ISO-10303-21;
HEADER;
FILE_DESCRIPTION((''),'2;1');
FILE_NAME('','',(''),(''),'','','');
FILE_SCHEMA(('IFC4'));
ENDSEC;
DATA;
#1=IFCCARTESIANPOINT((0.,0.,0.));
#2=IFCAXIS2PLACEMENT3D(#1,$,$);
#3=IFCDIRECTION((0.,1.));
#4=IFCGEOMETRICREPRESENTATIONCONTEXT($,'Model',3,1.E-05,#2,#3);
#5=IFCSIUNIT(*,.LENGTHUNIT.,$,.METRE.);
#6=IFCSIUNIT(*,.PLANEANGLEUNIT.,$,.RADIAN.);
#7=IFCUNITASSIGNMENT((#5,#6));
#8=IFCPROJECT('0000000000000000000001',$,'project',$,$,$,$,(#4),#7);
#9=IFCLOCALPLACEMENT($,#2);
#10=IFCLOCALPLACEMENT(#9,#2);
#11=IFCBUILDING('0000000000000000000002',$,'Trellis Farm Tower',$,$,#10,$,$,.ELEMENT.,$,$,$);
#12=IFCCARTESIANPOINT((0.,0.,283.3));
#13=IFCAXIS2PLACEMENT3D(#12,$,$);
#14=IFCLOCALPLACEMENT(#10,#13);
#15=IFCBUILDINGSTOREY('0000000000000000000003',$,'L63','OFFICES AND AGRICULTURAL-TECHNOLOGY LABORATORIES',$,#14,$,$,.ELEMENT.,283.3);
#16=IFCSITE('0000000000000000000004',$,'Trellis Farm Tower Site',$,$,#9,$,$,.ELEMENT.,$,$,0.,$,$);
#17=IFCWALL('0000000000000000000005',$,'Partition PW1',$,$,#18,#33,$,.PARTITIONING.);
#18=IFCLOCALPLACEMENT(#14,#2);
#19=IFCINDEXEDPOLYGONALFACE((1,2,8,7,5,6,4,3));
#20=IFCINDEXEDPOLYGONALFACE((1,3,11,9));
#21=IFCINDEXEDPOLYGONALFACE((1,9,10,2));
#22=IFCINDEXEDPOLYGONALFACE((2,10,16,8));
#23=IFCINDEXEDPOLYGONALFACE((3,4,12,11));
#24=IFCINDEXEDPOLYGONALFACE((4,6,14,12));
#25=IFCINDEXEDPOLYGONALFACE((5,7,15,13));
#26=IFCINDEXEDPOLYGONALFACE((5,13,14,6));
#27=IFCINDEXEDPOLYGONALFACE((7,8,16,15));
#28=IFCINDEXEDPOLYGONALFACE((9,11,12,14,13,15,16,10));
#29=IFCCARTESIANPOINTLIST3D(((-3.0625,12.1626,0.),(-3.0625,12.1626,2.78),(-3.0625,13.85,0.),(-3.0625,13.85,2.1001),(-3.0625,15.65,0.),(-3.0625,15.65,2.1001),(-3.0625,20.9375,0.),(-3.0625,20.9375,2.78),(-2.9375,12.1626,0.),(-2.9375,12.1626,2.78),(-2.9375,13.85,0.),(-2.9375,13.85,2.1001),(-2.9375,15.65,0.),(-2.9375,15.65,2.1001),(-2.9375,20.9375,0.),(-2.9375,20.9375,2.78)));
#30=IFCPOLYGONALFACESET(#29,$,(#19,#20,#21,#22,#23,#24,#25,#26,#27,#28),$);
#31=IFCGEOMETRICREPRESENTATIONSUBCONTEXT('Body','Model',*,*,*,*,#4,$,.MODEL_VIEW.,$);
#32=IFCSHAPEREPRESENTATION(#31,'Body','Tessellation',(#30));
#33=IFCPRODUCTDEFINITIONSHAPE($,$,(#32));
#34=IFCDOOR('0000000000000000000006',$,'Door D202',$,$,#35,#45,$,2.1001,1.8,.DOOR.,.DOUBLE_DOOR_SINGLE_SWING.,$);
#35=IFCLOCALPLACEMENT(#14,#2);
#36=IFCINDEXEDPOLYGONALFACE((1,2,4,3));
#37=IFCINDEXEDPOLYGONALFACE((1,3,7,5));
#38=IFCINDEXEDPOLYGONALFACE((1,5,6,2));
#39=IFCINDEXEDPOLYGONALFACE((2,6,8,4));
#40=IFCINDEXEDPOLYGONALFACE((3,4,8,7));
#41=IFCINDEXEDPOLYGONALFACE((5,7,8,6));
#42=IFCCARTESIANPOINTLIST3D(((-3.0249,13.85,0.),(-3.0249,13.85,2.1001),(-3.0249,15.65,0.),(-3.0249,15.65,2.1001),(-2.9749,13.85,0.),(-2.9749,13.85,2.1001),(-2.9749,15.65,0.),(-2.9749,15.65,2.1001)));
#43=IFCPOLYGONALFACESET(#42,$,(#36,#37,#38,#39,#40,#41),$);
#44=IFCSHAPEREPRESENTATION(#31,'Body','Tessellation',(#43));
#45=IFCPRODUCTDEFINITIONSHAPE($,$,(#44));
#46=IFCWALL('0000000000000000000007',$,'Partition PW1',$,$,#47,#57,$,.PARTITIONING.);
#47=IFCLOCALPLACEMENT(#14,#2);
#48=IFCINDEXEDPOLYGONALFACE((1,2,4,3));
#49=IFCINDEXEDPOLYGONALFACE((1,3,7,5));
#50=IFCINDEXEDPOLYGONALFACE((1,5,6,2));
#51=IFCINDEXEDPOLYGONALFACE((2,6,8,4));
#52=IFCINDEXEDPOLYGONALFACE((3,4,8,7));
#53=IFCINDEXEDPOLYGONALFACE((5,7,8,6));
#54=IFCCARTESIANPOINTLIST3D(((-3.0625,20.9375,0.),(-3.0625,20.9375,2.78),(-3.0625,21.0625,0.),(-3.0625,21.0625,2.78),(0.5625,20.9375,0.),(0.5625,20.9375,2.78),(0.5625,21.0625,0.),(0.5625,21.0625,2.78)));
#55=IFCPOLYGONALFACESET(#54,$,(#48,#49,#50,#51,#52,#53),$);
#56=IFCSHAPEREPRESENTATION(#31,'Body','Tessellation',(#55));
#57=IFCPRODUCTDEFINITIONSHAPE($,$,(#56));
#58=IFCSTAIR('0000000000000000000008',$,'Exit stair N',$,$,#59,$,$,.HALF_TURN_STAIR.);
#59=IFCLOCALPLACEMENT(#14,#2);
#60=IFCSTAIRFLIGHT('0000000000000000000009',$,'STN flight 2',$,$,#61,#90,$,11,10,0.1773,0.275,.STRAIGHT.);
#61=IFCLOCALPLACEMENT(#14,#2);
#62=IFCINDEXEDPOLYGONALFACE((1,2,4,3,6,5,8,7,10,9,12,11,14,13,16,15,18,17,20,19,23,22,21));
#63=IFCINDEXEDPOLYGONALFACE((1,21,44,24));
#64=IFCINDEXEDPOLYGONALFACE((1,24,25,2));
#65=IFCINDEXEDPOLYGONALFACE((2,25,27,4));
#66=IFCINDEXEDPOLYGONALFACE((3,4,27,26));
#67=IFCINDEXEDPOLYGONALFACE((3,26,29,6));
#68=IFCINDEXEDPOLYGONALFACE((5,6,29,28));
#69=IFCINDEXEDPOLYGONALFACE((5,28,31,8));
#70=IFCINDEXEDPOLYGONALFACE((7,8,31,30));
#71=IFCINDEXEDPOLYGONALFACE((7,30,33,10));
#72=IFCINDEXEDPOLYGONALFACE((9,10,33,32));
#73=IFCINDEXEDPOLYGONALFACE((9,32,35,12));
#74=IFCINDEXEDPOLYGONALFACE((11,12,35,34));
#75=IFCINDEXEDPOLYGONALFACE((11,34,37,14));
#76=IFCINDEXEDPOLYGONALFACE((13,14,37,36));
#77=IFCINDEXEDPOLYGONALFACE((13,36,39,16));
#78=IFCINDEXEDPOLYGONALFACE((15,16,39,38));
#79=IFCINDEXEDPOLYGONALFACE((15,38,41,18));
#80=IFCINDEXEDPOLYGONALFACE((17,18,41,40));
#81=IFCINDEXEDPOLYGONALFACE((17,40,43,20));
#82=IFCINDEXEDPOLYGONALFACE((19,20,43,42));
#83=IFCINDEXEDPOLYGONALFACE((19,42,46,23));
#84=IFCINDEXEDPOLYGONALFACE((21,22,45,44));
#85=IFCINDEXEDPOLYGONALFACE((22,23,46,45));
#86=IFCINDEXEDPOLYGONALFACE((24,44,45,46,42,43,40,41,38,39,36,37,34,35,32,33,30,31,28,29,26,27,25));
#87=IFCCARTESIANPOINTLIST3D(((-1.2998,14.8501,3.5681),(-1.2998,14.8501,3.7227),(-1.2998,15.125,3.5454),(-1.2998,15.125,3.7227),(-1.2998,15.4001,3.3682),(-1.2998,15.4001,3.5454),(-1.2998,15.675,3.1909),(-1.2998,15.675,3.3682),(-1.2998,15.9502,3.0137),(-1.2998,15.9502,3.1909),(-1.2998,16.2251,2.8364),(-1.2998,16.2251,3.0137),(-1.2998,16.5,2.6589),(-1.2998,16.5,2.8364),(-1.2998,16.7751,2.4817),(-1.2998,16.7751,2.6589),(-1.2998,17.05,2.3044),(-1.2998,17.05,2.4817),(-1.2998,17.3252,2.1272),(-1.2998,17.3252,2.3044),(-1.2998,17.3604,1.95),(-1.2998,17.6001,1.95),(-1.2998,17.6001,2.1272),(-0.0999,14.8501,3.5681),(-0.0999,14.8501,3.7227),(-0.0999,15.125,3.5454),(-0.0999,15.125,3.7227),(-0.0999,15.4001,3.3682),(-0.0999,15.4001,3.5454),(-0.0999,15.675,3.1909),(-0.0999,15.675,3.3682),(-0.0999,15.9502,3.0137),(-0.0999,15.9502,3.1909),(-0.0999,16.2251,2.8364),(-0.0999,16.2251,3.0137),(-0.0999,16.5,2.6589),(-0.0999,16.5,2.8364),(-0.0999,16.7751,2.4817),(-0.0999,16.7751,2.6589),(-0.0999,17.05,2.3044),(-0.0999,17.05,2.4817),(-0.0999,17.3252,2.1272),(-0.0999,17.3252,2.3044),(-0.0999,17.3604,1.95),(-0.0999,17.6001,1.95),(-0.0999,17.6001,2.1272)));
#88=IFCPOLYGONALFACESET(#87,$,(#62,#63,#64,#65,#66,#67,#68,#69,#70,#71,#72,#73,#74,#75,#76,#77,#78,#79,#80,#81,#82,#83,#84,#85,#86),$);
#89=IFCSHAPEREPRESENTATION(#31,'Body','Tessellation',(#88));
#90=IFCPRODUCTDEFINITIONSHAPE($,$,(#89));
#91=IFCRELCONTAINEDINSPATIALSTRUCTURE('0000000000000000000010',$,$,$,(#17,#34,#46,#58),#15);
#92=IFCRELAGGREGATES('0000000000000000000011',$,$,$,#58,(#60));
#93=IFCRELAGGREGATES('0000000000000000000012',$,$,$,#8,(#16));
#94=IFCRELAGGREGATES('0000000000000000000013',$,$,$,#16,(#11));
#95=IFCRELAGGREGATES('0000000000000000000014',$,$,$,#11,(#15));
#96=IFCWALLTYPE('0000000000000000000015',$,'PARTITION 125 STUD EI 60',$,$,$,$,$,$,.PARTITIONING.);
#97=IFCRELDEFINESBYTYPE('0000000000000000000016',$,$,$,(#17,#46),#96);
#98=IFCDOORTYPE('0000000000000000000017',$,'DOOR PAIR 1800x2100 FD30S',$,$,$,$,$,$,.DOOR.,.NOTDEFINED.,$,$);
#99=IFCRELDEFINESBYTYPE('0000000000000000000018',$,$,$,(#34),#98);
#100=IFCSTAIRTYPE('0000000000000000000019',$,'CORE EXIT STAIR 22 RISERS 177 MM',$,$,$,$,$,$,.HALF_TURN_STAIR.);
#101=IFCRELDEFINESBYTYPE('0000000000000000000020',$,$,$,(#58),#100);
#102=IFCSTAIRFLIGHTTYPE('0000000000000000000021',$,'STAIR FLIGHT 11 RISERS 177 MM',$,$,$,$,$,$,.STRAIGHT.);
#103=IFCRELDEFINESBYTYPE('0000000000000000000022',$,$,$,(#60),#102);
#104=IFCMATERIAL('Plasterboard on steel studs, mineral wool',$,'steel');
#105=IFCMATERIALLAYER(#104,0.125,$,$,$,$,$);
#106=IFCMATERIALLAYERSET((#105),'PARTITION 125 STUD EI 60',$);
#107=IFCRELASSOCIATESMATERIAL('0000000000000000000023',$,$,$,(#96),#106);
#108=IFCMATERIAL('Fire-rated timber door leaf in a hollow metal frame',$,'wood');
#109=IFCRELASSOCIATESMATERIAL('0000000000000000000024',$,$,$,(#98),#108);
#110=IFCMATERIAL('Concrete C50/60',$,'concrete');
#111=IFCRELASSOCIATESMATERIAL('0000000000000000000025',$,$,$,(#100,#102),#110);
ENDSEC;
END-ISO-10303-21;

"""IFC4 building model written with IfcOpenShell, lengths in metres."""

from ifc_helpers import new_model, si_unit, direction, frame, frame_2d, origin, place, context, subcontext, project, spatial, polyline, rectangle, outline, extrude, source, transform, mapped, material, layer, layer_set, type_object, element, fill, aggregate, save


model = new_model("IFC4")

# Units and contexts
model_context = context("Model", 3, precision=1e-05, world=origin(), true_north=direction((0.0, 1.0)))
body_context = subcontext(model_context, "Body", "Model", "MODEL_VIEW")
ifc_project = project(units=[si_unit("LENGTHUNIT", "METRE"), si_unit("PLANEANGLEUNIT", "RADIAN")], contexts=[model_context])

# Site, building, storey
site_placement = place(None, origin())
site = spatial("IfcSite", under=ifc_project, at=site_placement, Name="Trellis Farm Tower Site", CompositionType="ELEMENT", RefElevation=0.0)
building_placement = place(site_placement, origin())
building = spatial("IfcBuilding", under=site, at=building_placement, Name="Trellis Farm Tower", CompositionType="ELEMENT")
storey_placement = place(building_placement, frame((0.0, 0.0, 283.3)))
storey = spatial("IfcBuildingStorey", under=building, at=storey_placement, Name="L63", Description="OFFICES AND AGRICULTURAL-TECHNOLOGY LABORATORIES", CompositionType="ELEMENT", Elevation=283.3)

# Shared definitions
placement_1 = place(storey_placement, origin())

# Shared definitions
ifc_material_1 = material(Name="Concrete C50/60", Category="concrete")

# Shared definitions
ifc_material_2 = material(Name="Plasterboard on steel studs, mineral wool", Category="steel")
ifc_layer_1 = layer(ifc_material_2, 0.125)
ifc_layer_set_1 = layer_set([ifc_layer_1], Name="PARTITION 125 STUD EI 60")
wall_type_1 = type_object("IfcWallType", Name="PARTITION 125 STUD EI 60", PredefinedType="PARTITIONING", material=ifc_layer_set_1)

# Wall, opening, door
shared_shape_1 = source(origin(), body_context, "Body", "SweptSolid", [
    extrude(rectangle(XDim=8.7749, YDim=0.125, at=frame_2d((4.3875, 0.0))), origin(), (0.0, 0.0, 1.0), 2.78),
])
wall_1_placement = place(storey_placement, frame((-3.0, 12.1626, 0.0), z_axis=(0.0, 0.0, 1.0), x_axis=(0.0, 1.0, 0.0)))
wall_1 = element("IfcWall", 1, at=wall_1_placement, inside=storey, type_object=wall_type_1, Name="Partition PW1", PredefinedType="PARTITIONING", context=body_context, shape_type="MappedRepresentation", body=[
    mapped(shared_shape_1, transform((0.0, 0.0, 0.0))),
])
shared_shape_2 = source(origin(), body_context, "Body", "SweptSolid", [
    extrude(rectangle(XDim=1.8, YDim=2.1001, at=frame_2d((0.8999, 1.05))), frame((0.0, 0.0725, 0.0), z_axis=(0.0, -1.0, 0.0), x_axis=(1.0, 0.0, 0.0)), (0.0, 0.0, 1.0), 0.145),
])
opening_1_placement = place(wall_1_placement, frame((1.6875, 0.0, 0.0)))
opening_1 = element("IfcOpeningElement", 2, at=opening_1_placement, cuts=wall_1, PredefinedType="OPENING", context=body_context, shape_type="MappedRepresentation", body=[
    mapped(shared_shape_2, transform((0.0, 0.0, 0.0))),
])
ifc_material_3 = material(Name="Fire-rated timber door leaf in a hollow metal frame", Category="wood")
door_type_1 = type_object("IfcDoorType", Name="DOOR PAIR 1800x2100 FD30S", OperationType="NOTDEFINED", PredefinedType="DOOR", material=ifc_material_3)
shared_shape_3 = source(origin(), body_context, "Body", "SweptSolid", [
    extrude(rectangle(XDim=1.8, YDim=2.1001, at=frame_2d((0.8999, 1.05))), frame((0.0, 0.0249, 0.0), z_axis=(0.0, -1.0, 0.0), x_axis=(1.0, 0.0, 0.0)), (0.0, 0.0, 1.0), 0.05),
])
door_1_placement = place(opening_1_placement, origin())
door_1 = element("IfcDoor", 3, at=door_1_placement, inside=storey, type_object=door_type_1, Name="Door D202", OperationType="DOUBLE_DOOR_SINGLE_SWING", OverallHeight=2.1001, OverallWidth=1.8, PredefinedType="DOOR", context=body_context, shape_type="MappedRepresentation", body=[
    mapped(shared_shape_3, transform((0.0, 0.0, 0.0))),
])
fill(opening_1, door_1)

# Wall
shared_shape_4 = source(origin(), body_context, "Body", "SweptSolid", [
    extrude(rectangle(XDim=3.625, YDim=0.125, at=frame_2d((1.8125, 0.0))), origin(), (0.0, 0.0, 1.0), 2.78),
])
wall_2_placement = place(storey_placement, frame((-3.0625, 21.0, 0.0), z_axis=(0.0, 0.0, 1.0), x_axis=(1.0, 0.0, 0.0)))
element("IfcWall", 4, at=wall_2_placement, inside=storey, type_object=wall_type_1, Name="Partition PW1", PredefinedType="PARTITIONING", context=body_context, shape_type="MappedRepresentation", body=[
    mapped(shared_shape_4, transform((0.0, 0.0, 0.0))),
])

# Stair, stair flight
stair_type = type_object("IfcStairType", Name="CORE EXIT STAIR 22 RISERS 177 MM", PredefinedType="HALF_TURN_STAIR", material=ifc_material_1)
stair = element("IfcStair", 5, at=placement_1, inside=storey, type_object=stair_type, Name="Exit stair N", PredefinedType="HALF_TURN_STAIR")
stair_flight_type = type_object("IfcStairFlightType", Name="STAIR FLIGHT 11 RISERS 177 MM", PredefinedType="STRAIGHT", material=ifc_material_1)
shared_shape_5 = source(origin(), body_context, "Body", "SweptSolid", [
    extrude(outline(polyline([(0.0, 0.0), (0.0, 0.1772), (0.2749, 0.1772), (0.2749, 0.3545), (0.55, 0.3545), (0.55, 0.5317), (0.825, 0.5317), (0.825, 0.709), (1.1001, 0.709), (1.1001, 0.8865), (1.375, 0.8865), (1.375, 1.0637), (1.6499, 1.0637), (1.6499, 1.241), (1.925, 1.241), (1.925, 1.4182), (2.2, 1.4182), (2.2, 1.5955), (2.4751, 1.5955), (2.4751, 1.7727), (2.75, 1.7727), (2.75, 1.95), (2.75, 1.6182), (0.2397, 0.0), (0.0, 0.0)])), frame((0.0, 0.6001, 0.0), z_axis=(0.0, -1.0, 0.0), x_axis=(1.0, 0.0, 0.0)), (0.0, 0.0, 1.0), 1.2),
])
stair_flight_placement = place(storey_placement, frame((-0.7, 17.6001, 1.95), z_axis=(0.0, 0.0, 1.0), x_axis=(0.0, -1.0, 0.0)))
stair_flight = element("IfcStairFlight", 6, at=stair_flight_placement, type_object=stair_flight_type, Name="STN flight 2", NumberOfRisers=11, NumberOfTreads=10, PredefinedType="STRAIGHT", RiserHeight=0.1773, TreadLength=0.275, context=body_context, shape_type="MappedRepresentation", body=[
    mapped(shared_shape_5, transform((0.0, 0.0, 0.0))),
])
aggregate(stair, [stair_flight])

save(model, "model.ifc")
